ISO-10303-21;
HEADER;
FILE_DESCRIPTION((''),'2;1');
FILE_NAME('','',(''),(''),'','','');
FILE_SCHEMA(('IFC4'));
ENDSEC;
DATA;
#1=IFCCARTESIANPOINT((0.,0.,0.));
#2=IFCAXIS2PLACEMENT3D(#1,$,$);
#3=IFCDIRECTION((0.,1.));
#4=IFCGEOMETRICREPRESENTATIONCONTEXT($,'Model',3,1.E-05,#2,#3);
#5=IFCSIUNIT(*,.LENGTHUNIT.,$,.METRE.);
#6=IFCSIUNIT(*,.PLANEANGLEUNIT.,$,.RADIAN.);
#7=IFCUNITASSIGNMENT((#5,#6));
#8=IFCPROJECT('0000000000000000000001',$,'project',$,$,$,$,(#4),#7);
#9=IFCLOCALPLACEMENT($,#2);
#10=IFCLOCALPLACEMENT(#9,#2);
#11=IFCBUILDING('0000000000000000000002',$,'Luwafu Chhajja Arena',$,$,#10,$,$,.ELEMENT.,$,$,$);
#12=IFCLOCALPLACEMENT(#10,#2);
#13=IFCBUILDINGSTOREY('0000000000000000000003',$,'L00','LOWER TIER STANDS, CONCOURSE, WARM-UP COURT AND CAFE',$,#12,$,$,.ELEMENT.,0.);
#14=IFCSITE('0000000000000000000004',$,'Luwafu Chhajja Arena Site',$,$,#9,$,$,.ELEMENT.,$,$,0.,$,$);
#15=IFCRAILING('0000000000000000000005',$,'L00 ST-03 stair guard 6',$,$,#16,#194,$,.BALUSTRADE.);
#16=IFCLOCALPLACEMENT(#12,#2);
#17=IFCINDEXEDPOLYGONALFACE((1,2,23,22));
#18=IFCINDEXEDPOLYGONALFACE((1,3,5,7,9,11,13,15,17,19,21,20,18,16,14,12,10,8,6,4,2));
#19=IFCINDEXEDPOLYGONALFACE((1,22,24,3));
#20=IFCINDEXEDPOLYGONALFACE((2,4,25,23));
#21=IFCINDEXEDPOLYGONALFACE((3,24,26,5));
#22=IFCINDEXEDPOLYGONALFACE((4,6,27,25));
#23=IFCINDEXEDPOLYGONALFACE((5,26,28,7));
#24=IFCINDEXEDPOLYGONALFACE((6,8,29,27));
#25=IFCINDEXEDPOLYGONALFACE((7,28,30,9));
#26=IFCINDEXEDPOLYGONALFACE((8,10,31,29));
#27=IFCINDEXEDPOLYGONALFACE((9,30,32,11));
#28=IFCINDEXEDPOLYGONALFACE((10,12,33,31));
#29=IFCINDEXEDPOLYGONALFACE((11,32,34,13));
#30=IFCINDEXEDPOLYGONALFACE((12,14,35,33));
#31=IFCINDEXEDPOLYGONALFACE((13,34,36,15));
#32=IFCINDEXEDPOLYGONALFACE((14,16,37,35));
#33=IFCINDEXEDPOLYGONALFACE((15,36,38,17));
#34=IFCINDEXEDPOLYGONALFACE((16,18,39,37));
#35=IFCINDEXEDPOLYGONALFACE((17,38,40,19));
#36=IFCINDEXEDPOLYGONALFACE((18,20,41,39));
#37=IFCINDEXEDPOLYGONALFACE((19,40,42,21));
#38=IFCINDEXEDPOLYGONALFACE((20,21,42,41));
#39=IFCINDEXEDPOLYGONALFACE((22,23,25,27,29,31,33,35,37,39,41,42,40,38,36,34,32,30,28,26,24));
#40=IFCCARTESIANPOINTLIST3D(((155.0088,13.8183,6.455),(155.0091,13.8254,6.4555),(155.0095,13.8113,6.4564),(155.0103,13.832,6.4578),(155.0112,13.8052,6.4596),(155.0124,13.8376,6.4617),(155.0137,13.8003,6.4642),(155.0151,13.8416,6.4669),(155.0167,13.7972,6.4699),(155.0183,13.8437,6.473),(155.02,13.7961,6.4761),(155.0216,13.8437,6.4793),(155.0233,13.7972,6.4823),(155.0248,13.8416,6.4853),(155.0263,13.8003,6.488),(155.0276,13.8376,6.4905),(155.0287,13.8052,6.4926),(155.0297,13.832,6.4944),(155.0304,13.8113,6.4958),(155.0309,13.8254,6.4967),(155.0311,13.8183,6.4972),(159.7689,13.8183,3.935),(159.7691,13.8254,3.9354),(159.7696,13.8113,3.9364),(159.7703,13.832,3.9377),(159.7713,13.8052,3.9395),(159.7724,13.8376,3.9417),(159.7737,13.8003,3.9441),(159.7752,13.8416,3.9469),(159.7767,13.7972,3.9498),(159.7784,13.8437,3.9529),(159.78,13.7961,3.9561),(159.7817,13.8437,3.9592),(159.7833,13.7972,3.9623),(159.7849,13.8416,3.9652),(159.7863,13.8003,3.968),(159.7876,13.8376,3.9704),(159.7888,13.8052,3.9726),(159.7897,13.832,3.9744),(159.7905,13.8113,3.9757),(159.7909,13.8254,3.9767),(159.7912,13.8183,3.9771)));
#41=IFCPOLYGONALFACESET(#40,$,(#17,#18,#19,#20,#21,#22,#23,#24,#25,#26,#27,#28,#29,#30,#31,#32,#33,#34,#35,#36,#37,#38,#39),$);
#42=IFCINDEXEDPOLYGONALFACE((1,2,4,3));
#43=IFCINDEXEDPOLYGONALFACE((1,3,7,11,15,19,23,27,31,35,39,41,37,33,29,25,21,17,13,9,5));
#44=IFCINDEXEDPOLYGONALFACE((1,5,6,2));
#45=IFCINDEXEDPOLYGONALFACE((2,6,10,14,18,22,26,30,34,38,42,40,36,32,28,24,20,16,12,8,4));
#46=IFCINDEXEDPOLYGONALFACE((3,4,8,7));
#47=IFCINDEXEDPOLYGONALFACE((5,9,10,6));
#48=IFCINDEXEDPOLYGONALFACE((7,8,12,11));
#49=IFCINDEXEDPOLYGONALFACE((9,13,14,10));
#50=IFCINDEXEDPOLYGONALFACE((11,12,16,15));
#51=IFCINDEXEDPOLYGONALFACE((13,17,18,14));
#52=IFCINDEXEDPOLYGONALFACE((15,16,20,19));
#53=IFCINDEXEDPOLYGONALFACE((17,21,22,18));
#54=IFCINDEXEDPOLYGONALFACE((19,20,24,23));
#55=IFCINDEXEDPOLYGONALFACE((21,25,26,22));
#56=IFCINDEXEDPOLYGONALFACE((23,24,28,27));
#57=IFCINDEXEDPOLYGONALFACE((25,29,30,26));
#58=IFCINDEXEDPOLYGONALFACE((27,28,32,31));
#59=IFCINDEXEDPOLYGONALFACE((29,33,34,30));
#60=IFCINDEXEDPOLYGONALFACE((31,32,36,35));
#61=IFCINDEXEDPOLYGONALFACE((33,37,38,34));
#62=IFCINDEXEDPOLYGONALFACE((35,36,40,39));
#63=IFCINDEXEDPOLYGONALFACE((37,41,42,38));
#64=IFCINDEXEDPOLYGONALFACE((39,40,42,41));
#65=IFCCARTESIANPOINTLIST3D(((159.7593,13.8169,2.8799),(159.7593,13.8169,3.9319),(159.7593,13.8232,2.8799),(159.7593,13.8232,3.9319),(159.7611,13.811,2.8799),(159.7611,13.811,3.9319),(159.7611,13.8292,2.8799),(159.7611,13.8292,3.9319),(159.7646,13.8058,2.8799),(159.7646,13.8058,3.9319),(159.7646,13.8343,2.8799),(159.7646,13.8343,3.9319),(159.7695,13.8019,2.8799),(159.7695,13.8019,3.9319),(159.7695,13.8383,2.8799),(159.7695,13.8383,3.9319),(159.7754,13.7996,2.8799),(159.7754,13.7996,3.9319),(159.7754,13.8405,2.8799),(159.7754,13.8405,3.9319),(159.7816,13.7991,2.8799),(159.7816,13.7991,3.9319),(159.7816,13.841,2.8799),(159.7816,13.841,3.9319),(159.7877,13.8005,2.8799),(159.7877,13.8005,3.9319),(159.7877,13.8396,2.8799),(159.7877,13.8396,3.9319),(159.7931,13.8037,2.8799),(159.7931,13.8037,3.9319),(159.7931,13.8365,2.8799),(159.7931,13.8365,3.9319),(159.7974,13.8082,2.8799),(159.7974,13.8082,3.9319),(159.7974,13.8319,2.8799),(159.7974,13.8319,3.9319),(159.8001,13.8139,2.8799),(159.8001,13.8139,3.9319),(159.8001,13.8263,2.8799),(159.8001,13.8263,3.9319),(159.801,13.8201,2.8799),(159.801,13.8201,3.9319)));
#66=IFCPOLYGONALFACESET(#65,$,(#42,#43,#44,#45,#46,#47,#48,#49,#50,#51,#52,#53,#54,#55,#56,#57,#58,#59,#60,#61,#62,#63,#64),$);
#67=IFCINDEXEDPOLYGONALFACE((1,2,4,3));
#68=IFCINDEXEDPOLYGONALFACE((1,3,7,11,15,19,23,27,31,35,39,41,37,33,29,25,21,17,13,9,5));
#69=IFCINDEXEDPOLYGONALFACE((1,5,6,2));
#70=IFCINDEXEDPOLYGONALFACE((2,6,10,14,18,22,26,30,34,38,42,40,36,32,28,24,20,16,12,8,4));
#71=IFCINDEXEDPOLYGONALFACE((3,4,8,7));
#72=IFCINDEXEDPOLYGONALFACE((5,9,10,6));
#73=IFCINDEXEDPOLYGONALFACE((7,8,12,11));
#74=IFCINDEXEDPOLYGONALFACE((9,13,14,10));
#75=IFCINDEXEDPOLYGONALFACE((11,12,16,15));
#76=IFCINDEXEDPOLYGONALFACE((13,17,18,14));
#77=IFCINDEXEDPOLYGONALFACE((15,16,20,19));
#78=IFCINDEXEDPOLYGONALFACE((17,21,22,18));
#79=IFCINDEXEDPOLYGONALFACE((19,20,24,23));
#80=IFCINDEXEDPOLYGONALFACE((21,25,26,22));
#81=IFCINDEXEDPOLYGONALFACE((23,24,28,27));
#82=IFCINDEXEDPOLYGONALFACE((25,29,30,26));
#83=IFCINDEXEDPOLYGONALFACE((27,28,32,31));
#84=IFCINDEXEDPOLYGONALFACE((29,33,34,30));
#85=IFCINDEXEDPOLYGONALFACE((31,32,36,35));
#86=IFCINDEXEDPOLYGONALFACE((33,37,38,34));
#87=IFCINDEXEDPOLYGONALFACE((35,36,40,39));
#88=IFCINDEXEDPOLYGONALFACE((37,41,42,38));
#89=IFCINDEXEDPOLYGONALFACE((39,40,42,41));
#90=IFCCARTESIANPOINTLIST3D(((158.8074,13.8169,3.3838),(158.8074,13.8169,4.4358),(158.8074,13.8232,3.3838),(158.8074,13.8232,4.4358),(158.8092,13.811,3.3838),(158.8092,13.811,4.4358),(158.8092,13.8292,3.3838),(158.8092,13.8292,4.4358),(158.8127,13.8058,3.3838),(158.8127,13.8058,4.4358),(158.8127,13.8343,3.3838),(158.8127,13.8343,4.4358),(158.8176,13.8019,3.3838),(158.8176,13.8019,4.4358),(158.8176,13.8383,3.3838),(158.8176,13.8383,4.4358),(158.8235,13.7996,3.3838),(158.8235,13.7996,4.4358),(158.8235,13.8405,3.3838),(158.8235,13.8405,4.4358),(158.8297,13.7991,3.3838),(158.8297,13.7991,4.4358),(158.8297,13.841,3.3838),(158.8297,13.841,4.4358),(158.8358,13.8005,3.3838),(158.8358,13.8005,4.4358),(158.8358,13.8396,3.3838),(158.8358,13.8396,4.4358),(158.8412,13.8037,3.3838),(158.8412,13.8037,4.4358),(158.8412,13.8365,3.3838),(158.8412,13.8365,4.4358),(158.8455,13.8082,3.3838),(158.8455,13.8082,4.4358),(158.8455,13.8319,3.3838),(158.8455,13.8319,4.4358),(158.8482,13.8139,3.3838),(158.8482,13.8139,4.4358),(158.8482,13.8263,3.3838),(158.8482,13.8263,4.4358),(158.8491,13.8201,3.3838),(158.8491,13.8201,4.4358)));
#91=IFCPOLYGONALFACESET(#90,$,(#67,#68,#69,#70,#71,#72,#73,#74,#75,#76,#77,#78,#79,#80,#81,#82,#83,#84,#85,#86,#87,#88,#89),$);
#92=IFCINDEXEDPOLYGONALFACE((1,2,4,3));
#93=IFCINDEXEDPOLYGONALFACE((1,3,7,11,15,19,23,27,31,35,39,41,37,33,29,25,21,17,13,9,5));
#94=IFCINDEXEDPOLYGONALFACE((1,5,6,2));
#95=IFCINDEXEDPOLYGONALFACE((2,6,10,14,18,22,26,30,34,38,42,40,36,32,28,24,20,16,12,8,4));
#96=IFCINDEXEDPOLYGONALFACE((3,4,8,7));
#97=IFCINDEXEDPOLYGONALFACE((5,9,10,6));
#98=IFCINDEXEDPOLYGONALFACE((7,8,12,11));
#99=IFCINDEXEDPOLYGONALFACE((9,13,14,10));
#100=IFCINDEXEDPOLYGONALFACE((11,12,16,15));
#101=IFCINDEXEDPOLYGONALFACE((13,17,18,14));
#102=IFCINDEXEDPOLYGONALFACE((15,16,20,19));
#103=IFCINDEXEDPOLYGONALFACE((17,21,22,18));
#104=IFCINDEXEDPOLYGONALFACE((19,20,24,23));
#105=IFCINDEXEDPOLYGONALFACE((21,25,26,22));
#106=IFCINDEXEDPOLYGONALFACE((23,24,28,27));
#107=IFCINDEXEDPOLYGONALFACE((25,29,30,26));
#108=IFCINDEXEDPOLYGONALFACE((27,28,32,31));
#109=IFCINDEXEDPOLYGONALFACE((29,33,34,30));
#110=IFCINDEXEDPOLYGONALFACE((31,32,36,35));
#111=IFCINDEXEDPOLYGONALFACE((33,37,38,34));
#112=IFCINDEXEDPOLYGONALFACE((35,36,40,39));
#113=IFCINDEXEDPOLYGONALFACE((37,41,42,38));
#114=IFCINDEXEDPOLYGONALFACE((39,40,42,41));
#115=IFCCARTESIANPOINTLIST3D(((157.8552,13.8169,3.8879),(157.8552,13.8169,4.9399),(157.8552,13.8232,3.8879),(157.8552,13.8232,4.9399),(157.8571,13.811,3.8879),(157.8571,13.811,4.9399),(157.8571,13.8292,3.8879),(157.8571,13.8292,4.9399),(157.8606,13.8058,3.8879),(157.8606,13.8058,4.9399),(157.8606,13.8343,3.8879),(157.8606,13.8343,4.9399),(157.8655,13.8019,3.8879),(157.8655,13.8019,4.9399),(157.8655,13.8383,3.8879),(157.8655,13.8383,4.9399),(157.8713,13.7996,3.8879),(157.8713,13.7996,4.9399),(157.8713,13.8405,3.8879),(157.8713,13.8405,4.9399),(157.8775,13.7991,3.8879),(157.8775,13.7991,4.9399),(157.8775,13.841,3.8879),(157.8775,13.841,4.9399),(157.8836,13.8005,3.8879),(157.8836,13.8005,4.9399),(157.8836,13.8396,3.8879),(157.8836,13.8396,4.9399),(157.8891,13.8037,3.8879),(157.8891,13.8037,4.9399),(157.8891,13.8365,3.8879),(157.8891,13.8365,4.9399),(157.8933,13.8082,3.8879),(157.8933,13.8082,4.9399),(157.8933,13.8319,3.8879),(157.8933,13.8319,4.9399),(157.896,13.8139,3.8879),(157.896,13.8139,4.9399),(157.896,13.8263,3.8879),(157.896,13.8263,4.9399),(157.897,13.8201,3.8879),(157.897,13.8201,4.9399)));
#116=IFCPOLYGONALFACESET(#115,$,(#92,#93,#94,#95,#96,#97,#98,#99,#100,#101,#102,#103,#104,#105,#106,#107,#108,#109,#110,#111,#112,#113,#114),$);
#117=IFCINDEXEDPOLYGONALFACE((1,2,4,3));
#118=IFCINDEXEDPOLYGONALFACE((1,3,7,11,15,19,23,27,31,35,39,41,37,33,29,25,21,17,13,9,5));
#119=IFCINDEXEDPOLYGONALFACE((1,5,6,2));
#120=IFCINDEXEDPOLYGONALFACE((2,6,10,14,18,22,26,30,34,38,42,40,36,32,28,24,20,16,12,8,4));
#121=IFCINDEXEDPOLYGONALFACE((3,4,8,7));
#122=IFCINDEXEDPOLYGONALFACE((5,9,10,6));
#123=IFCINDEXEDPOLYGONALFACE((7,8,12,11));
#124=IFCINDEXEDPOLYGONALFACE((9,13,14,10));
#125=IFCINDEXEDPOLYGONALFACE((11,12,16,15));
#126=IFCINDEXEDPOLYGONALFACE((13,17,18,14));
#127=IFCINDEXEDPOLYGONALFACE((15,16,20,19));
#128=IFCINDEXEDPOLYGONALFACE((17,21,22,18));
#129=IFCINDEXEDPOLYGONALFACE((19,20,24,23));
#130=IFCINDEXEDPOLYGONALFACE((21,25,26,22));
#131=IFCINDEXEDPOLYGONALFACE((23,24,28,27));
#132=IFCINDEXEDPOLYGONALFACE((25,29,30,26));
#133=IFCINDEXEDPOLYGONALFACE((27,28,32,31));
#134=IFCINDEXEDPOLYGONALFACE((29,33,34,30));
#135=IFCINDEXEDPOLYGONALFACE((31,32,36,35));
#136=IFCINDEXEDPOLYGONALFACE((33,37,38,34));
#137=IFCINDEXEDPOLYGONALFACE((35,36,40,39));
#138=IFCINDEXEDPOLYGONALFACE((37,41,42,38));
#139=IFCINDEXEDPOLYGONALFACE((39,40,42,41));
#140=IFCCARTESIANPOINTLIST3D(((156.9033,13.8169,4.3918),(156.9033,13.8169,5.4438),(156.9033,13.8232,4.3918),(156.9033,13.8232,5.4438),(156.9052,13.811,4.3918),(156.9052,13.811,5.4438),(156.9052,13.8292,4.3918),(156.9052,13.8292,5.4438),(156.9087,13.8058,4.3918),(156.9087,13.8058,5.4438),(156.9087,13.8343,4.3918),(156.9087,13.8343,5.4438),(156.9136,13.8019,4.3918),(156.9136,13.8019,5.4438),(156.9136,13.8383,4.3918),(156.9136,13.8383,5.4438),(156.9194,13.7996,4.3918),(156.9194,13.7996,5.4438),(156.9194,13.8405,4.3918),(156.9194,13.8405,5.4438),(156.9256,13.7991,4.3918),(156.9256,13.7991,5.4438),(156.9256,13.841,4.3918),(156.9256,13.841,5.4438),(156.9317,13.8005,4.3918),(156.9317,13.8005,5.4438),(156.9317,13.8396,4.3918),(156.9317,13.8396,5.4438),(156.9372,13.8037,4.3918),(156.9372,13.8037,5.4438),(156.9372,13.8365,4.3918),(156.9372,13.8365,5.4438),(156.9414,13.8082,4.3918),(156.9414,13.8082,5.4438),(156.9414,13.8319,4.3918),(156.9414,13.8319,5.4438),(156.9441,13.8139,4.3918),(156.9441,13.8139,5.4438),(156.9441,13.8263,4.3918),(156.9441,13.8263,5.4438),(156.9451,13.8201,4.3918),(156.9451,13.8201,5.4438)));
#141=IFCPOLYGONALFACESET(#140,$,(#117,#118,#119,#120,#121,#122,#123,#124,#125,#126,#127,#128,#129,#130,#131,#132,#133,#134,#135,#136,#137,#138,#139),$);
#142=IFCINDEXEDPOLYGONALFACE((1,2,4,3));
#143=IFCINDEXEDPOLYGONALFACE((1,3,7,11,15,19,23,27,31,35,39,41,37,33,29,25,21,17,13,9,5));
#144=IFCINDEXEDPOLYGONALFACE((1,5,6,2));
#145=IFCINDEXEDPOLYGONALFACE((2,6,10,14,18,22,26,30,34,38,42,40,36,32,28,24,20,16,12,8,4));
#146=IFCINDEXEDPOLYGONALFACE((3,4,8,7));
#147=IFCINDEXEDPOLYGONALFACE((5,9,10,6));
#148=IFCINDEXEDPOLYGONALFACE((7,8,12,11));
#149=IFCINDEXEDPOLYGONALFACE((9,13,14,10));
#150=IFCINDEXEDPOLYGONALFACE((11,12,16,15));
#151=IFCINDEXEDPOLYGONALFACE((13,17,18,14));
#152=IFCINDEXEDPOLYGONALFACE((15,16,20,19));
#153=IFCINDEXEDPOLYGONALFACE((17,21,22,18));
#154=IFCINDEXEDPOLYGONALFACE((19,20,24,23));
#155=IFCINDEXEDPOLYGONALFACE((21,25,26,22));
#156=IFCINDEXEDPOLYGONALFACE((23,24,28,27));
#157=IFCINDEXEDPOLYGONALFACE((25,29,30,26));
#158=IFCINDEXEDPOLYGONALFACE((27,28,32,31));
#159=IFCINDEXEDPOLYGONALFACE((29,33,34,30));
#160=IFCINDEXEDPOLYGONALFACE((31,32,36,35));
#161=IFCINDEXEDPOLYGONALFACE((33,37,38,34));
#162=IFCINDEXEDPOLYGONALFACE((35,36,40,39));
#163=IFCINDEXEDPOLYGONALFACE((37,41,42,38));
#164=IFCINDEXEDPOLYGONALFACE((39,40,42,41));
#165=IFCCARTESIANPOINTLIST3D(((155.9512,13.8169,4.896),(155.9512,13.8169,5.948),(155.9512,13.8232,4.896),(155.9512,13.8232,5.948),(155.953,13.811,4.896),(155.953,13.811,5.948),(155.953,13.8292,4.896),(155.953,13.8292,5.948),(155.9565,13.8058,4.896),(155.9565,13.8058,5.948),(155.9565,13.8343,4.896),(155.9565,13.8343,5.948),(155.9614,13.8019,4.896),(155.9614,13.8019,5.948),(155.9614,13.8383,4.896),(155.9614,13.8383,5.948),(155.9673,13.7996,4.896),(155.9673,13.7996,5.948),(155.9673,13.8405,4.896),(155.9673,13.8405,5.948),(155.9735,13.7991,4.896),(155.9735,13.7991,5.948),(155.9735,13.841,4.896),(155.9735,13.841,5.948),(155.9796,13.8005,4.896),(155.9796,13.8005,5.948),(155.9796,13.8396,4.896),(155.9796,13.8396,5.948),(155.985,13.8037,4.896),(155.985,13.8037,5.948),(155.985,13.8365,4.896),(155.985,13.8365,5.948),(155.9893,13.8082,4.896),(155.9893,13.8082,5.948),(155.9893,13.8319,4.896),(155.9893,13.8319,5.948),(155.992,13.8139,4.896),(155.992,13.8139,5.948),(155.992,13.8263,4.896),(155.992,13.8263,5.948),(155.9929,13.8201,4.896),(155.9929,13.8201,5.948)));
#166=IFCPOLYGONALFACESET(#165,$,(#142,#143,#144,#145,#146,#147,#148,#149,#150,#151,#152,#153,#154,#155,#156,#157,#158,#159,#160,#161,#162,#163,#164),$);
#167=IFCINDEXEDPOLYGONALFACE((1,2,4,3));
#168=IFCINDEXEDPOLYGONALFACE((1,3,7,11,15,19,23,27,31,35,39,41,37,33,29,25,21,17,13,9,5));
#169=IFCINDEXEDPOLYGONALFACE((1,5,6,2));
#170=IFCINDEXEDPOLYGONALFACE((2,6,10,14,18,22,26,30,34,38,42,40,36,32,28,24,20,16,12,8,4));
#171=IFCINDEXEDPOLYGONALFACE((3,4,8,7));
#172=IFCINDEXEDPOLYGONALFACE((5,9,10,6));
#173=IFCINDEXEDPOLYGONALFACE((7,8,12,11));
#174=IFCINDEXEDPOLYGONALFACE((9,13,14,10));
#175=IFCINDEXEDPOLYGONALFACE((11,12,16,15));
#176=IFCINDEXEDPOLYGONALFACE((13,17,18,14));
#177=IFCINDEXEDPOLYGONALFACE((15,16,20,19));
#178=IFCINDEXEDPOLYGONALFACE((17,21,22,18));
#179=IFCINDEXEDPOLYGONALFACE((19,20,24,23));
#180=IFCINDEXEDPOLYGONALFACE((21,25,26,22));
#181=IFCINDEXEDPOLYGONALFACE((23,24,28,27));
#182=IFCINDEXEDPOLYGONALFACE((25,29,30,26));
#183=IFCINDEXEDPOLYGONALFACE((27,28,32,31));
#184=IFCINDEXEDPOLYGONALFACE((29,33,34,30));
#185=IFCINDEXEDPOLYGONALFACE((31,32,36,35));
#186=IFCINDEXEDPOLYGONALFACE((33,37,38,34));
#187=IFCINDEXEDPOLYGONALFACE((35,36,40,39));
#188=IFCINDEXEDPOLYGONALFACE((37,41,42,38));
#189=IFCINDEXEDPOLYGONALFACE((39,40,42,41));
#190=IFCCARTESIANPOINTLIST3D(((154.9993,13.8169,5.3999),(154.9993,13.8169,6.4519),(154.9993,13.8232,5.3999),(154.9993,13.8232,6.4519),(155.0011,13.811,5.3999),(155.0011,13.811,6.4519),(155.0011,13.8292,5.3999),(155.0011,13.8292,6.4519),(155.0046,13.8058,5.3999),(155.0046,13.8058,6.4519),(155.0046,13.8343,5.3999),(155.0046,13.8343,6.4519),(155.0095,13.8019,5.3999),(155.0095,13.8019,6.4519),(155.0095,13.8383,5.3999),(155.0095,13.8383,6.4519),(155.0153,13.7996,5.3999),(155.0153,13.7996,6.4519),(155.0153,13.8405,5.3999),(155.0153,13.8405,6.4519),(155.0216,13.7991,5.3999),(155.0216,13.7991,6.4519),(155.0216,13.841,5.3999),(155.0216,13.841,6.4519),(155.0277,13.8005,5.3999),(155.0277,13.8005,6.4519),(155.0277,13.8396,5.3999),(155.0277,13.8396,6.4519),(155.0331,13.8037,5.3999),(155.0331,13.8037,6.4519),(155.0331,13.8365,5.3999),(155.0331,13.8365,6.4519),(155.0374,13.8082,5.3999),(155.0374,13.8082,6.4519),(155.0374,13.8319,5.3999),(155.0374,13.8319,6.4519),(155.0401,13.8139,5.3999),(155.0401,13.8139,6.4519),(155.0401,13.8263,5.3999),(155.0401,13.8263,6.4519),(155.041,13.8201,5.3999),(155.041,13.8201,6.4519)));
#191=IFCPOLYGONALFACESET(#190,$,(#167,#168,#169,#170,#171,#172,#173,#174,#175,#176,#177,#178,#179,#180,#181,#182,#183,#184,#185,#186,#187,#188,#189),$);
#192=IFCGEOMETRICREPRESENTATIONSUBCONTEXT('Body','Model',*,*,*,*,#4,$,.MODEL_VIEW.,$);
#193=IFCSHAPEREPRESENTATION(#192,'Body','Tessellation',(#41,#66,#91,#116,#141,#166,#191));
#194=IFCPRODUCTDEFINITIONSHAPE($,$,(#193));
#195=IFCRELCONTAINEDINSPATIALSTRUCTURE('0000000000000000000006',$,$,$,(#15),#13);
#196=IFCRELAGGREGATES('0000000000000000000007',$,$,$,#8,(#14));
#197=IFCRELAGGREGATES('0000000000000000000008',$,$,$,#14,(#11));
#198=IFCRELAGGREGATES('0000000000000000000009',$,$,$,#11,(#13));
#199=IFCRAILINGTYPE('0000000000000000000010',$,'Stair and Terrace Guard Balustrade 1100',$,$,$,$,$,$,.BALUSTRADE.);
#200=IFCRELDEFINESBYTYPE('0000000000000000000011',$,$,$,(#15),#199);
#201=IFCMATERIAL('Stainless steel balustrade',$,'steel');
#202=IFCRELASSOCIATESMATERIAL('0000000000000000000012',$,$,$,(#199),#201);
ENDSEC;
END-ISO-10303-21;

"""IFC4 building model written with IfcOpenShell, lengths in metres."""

from ifc_helpers import new_model, si_unit, direction, frame, origin, origin_2d, place, context, subcontext, project, spatial, circle, extrude, material, type_object, element, save


model = new_model("IFC4")

# Units and contexts
model_context = context("Model", 3, precision=1e-05, world=origin(), true_north=direction((0.0, 1.0)))
body_context = subcontext(model_context, "Body", "Model", "MODEL_VIEW")
ifc_project = project(units=[si_unit("LENGTHUNIT", "METRE"), si_unit("PLANEANGLEUNIT", "RADIAN")], contexts=[model_context])

# Site, building, storey
site_placement = place(None, origin())
site = spatial("IfcSite", under=ifc_project, at=site_placement, Name="Luwafu Chhajja Arena Site", CompositionType="ELEMENT", RefElevation=0.0)
building_placement = place(site_placement, origin())
building = spatial("IfcBuilding", under=site, at=building_placement, Name="Luwafu Chhajja Arena", CompositionType="ELEMENT")
storey_placement = place(building_placement, origin())
storey = spatial("IfcBuildingStorey", under=building, at=storey_placement, Name="L00", Description="LOWER TIER STANDS, CONCOURSE, WARM-UP COURT AND CAFE", CompositionType="ELEMENT", Elevation=0.0)

# Railing
ifc_material_1 = material(Name="Stainless steel balustrade", Category="steel")
railing_type_1 = type_object("IfcRailingType", Name="Stair and Terrace Guard Balustrade 1100", PredefinedType="BALUSTRADE", material=ifc_material_1)
railing_1_placement = place(storey_placement, frame((159.78, 13.8201, 2.8799)))
element("IfcRailing", 1, at=railing_1_placement, inside=storey, type_object=railing_type_1, Name="L00 ST-03 stair guard 6", PredefinedType="BALUSTRADE", context=body_context, shape_type="SweptSolid", body=[
    extrude(circle(Radius=0.0239, at=origin_2d()), frame((0.0, 0.0, 1.0762), z_axis=(-0.883787, 0.0, 0.46789), x_axis=(0.0, -1.0, 0.0)), (0.0, 0.0, 1.0), 5.386),
    extrude(circle(Radius=0.021, at=origin_2d()), origin(), (0.0, 0.0, 1.0), 1.052),
    extrude(circle(Radius=0.021, at=origin_2d()), frame((-0.9519, 0.0, 0.5039)), (0.0, 0.0, 1.0), 1.052),
    extrude(circle(Radius=0.021, at=origin_2d()), frame((-1.9041, 0.0, 1.0081)), (0.0, 0.0, 1.0), 1.052),
    extrude(circle(Radius=0.021, at=origin_2d()), frame((-2.856, 0.0, 1.512)), (0.0, 0.0, 1.0), 1.052),
    extrude(circle(Radius=0.021, at=origin_2d()), frame((-3.8081, 0.0, 2.0161)), (0.0, 0.0, 1.0), 1.052),
    extrude(circle(Radius=0.021, at=origin_2d()), frame((-4.76, 0.0, 2.52)), (0.0, 0.0, 1.0), 1.052),
])

save(model, "model.ifc")
